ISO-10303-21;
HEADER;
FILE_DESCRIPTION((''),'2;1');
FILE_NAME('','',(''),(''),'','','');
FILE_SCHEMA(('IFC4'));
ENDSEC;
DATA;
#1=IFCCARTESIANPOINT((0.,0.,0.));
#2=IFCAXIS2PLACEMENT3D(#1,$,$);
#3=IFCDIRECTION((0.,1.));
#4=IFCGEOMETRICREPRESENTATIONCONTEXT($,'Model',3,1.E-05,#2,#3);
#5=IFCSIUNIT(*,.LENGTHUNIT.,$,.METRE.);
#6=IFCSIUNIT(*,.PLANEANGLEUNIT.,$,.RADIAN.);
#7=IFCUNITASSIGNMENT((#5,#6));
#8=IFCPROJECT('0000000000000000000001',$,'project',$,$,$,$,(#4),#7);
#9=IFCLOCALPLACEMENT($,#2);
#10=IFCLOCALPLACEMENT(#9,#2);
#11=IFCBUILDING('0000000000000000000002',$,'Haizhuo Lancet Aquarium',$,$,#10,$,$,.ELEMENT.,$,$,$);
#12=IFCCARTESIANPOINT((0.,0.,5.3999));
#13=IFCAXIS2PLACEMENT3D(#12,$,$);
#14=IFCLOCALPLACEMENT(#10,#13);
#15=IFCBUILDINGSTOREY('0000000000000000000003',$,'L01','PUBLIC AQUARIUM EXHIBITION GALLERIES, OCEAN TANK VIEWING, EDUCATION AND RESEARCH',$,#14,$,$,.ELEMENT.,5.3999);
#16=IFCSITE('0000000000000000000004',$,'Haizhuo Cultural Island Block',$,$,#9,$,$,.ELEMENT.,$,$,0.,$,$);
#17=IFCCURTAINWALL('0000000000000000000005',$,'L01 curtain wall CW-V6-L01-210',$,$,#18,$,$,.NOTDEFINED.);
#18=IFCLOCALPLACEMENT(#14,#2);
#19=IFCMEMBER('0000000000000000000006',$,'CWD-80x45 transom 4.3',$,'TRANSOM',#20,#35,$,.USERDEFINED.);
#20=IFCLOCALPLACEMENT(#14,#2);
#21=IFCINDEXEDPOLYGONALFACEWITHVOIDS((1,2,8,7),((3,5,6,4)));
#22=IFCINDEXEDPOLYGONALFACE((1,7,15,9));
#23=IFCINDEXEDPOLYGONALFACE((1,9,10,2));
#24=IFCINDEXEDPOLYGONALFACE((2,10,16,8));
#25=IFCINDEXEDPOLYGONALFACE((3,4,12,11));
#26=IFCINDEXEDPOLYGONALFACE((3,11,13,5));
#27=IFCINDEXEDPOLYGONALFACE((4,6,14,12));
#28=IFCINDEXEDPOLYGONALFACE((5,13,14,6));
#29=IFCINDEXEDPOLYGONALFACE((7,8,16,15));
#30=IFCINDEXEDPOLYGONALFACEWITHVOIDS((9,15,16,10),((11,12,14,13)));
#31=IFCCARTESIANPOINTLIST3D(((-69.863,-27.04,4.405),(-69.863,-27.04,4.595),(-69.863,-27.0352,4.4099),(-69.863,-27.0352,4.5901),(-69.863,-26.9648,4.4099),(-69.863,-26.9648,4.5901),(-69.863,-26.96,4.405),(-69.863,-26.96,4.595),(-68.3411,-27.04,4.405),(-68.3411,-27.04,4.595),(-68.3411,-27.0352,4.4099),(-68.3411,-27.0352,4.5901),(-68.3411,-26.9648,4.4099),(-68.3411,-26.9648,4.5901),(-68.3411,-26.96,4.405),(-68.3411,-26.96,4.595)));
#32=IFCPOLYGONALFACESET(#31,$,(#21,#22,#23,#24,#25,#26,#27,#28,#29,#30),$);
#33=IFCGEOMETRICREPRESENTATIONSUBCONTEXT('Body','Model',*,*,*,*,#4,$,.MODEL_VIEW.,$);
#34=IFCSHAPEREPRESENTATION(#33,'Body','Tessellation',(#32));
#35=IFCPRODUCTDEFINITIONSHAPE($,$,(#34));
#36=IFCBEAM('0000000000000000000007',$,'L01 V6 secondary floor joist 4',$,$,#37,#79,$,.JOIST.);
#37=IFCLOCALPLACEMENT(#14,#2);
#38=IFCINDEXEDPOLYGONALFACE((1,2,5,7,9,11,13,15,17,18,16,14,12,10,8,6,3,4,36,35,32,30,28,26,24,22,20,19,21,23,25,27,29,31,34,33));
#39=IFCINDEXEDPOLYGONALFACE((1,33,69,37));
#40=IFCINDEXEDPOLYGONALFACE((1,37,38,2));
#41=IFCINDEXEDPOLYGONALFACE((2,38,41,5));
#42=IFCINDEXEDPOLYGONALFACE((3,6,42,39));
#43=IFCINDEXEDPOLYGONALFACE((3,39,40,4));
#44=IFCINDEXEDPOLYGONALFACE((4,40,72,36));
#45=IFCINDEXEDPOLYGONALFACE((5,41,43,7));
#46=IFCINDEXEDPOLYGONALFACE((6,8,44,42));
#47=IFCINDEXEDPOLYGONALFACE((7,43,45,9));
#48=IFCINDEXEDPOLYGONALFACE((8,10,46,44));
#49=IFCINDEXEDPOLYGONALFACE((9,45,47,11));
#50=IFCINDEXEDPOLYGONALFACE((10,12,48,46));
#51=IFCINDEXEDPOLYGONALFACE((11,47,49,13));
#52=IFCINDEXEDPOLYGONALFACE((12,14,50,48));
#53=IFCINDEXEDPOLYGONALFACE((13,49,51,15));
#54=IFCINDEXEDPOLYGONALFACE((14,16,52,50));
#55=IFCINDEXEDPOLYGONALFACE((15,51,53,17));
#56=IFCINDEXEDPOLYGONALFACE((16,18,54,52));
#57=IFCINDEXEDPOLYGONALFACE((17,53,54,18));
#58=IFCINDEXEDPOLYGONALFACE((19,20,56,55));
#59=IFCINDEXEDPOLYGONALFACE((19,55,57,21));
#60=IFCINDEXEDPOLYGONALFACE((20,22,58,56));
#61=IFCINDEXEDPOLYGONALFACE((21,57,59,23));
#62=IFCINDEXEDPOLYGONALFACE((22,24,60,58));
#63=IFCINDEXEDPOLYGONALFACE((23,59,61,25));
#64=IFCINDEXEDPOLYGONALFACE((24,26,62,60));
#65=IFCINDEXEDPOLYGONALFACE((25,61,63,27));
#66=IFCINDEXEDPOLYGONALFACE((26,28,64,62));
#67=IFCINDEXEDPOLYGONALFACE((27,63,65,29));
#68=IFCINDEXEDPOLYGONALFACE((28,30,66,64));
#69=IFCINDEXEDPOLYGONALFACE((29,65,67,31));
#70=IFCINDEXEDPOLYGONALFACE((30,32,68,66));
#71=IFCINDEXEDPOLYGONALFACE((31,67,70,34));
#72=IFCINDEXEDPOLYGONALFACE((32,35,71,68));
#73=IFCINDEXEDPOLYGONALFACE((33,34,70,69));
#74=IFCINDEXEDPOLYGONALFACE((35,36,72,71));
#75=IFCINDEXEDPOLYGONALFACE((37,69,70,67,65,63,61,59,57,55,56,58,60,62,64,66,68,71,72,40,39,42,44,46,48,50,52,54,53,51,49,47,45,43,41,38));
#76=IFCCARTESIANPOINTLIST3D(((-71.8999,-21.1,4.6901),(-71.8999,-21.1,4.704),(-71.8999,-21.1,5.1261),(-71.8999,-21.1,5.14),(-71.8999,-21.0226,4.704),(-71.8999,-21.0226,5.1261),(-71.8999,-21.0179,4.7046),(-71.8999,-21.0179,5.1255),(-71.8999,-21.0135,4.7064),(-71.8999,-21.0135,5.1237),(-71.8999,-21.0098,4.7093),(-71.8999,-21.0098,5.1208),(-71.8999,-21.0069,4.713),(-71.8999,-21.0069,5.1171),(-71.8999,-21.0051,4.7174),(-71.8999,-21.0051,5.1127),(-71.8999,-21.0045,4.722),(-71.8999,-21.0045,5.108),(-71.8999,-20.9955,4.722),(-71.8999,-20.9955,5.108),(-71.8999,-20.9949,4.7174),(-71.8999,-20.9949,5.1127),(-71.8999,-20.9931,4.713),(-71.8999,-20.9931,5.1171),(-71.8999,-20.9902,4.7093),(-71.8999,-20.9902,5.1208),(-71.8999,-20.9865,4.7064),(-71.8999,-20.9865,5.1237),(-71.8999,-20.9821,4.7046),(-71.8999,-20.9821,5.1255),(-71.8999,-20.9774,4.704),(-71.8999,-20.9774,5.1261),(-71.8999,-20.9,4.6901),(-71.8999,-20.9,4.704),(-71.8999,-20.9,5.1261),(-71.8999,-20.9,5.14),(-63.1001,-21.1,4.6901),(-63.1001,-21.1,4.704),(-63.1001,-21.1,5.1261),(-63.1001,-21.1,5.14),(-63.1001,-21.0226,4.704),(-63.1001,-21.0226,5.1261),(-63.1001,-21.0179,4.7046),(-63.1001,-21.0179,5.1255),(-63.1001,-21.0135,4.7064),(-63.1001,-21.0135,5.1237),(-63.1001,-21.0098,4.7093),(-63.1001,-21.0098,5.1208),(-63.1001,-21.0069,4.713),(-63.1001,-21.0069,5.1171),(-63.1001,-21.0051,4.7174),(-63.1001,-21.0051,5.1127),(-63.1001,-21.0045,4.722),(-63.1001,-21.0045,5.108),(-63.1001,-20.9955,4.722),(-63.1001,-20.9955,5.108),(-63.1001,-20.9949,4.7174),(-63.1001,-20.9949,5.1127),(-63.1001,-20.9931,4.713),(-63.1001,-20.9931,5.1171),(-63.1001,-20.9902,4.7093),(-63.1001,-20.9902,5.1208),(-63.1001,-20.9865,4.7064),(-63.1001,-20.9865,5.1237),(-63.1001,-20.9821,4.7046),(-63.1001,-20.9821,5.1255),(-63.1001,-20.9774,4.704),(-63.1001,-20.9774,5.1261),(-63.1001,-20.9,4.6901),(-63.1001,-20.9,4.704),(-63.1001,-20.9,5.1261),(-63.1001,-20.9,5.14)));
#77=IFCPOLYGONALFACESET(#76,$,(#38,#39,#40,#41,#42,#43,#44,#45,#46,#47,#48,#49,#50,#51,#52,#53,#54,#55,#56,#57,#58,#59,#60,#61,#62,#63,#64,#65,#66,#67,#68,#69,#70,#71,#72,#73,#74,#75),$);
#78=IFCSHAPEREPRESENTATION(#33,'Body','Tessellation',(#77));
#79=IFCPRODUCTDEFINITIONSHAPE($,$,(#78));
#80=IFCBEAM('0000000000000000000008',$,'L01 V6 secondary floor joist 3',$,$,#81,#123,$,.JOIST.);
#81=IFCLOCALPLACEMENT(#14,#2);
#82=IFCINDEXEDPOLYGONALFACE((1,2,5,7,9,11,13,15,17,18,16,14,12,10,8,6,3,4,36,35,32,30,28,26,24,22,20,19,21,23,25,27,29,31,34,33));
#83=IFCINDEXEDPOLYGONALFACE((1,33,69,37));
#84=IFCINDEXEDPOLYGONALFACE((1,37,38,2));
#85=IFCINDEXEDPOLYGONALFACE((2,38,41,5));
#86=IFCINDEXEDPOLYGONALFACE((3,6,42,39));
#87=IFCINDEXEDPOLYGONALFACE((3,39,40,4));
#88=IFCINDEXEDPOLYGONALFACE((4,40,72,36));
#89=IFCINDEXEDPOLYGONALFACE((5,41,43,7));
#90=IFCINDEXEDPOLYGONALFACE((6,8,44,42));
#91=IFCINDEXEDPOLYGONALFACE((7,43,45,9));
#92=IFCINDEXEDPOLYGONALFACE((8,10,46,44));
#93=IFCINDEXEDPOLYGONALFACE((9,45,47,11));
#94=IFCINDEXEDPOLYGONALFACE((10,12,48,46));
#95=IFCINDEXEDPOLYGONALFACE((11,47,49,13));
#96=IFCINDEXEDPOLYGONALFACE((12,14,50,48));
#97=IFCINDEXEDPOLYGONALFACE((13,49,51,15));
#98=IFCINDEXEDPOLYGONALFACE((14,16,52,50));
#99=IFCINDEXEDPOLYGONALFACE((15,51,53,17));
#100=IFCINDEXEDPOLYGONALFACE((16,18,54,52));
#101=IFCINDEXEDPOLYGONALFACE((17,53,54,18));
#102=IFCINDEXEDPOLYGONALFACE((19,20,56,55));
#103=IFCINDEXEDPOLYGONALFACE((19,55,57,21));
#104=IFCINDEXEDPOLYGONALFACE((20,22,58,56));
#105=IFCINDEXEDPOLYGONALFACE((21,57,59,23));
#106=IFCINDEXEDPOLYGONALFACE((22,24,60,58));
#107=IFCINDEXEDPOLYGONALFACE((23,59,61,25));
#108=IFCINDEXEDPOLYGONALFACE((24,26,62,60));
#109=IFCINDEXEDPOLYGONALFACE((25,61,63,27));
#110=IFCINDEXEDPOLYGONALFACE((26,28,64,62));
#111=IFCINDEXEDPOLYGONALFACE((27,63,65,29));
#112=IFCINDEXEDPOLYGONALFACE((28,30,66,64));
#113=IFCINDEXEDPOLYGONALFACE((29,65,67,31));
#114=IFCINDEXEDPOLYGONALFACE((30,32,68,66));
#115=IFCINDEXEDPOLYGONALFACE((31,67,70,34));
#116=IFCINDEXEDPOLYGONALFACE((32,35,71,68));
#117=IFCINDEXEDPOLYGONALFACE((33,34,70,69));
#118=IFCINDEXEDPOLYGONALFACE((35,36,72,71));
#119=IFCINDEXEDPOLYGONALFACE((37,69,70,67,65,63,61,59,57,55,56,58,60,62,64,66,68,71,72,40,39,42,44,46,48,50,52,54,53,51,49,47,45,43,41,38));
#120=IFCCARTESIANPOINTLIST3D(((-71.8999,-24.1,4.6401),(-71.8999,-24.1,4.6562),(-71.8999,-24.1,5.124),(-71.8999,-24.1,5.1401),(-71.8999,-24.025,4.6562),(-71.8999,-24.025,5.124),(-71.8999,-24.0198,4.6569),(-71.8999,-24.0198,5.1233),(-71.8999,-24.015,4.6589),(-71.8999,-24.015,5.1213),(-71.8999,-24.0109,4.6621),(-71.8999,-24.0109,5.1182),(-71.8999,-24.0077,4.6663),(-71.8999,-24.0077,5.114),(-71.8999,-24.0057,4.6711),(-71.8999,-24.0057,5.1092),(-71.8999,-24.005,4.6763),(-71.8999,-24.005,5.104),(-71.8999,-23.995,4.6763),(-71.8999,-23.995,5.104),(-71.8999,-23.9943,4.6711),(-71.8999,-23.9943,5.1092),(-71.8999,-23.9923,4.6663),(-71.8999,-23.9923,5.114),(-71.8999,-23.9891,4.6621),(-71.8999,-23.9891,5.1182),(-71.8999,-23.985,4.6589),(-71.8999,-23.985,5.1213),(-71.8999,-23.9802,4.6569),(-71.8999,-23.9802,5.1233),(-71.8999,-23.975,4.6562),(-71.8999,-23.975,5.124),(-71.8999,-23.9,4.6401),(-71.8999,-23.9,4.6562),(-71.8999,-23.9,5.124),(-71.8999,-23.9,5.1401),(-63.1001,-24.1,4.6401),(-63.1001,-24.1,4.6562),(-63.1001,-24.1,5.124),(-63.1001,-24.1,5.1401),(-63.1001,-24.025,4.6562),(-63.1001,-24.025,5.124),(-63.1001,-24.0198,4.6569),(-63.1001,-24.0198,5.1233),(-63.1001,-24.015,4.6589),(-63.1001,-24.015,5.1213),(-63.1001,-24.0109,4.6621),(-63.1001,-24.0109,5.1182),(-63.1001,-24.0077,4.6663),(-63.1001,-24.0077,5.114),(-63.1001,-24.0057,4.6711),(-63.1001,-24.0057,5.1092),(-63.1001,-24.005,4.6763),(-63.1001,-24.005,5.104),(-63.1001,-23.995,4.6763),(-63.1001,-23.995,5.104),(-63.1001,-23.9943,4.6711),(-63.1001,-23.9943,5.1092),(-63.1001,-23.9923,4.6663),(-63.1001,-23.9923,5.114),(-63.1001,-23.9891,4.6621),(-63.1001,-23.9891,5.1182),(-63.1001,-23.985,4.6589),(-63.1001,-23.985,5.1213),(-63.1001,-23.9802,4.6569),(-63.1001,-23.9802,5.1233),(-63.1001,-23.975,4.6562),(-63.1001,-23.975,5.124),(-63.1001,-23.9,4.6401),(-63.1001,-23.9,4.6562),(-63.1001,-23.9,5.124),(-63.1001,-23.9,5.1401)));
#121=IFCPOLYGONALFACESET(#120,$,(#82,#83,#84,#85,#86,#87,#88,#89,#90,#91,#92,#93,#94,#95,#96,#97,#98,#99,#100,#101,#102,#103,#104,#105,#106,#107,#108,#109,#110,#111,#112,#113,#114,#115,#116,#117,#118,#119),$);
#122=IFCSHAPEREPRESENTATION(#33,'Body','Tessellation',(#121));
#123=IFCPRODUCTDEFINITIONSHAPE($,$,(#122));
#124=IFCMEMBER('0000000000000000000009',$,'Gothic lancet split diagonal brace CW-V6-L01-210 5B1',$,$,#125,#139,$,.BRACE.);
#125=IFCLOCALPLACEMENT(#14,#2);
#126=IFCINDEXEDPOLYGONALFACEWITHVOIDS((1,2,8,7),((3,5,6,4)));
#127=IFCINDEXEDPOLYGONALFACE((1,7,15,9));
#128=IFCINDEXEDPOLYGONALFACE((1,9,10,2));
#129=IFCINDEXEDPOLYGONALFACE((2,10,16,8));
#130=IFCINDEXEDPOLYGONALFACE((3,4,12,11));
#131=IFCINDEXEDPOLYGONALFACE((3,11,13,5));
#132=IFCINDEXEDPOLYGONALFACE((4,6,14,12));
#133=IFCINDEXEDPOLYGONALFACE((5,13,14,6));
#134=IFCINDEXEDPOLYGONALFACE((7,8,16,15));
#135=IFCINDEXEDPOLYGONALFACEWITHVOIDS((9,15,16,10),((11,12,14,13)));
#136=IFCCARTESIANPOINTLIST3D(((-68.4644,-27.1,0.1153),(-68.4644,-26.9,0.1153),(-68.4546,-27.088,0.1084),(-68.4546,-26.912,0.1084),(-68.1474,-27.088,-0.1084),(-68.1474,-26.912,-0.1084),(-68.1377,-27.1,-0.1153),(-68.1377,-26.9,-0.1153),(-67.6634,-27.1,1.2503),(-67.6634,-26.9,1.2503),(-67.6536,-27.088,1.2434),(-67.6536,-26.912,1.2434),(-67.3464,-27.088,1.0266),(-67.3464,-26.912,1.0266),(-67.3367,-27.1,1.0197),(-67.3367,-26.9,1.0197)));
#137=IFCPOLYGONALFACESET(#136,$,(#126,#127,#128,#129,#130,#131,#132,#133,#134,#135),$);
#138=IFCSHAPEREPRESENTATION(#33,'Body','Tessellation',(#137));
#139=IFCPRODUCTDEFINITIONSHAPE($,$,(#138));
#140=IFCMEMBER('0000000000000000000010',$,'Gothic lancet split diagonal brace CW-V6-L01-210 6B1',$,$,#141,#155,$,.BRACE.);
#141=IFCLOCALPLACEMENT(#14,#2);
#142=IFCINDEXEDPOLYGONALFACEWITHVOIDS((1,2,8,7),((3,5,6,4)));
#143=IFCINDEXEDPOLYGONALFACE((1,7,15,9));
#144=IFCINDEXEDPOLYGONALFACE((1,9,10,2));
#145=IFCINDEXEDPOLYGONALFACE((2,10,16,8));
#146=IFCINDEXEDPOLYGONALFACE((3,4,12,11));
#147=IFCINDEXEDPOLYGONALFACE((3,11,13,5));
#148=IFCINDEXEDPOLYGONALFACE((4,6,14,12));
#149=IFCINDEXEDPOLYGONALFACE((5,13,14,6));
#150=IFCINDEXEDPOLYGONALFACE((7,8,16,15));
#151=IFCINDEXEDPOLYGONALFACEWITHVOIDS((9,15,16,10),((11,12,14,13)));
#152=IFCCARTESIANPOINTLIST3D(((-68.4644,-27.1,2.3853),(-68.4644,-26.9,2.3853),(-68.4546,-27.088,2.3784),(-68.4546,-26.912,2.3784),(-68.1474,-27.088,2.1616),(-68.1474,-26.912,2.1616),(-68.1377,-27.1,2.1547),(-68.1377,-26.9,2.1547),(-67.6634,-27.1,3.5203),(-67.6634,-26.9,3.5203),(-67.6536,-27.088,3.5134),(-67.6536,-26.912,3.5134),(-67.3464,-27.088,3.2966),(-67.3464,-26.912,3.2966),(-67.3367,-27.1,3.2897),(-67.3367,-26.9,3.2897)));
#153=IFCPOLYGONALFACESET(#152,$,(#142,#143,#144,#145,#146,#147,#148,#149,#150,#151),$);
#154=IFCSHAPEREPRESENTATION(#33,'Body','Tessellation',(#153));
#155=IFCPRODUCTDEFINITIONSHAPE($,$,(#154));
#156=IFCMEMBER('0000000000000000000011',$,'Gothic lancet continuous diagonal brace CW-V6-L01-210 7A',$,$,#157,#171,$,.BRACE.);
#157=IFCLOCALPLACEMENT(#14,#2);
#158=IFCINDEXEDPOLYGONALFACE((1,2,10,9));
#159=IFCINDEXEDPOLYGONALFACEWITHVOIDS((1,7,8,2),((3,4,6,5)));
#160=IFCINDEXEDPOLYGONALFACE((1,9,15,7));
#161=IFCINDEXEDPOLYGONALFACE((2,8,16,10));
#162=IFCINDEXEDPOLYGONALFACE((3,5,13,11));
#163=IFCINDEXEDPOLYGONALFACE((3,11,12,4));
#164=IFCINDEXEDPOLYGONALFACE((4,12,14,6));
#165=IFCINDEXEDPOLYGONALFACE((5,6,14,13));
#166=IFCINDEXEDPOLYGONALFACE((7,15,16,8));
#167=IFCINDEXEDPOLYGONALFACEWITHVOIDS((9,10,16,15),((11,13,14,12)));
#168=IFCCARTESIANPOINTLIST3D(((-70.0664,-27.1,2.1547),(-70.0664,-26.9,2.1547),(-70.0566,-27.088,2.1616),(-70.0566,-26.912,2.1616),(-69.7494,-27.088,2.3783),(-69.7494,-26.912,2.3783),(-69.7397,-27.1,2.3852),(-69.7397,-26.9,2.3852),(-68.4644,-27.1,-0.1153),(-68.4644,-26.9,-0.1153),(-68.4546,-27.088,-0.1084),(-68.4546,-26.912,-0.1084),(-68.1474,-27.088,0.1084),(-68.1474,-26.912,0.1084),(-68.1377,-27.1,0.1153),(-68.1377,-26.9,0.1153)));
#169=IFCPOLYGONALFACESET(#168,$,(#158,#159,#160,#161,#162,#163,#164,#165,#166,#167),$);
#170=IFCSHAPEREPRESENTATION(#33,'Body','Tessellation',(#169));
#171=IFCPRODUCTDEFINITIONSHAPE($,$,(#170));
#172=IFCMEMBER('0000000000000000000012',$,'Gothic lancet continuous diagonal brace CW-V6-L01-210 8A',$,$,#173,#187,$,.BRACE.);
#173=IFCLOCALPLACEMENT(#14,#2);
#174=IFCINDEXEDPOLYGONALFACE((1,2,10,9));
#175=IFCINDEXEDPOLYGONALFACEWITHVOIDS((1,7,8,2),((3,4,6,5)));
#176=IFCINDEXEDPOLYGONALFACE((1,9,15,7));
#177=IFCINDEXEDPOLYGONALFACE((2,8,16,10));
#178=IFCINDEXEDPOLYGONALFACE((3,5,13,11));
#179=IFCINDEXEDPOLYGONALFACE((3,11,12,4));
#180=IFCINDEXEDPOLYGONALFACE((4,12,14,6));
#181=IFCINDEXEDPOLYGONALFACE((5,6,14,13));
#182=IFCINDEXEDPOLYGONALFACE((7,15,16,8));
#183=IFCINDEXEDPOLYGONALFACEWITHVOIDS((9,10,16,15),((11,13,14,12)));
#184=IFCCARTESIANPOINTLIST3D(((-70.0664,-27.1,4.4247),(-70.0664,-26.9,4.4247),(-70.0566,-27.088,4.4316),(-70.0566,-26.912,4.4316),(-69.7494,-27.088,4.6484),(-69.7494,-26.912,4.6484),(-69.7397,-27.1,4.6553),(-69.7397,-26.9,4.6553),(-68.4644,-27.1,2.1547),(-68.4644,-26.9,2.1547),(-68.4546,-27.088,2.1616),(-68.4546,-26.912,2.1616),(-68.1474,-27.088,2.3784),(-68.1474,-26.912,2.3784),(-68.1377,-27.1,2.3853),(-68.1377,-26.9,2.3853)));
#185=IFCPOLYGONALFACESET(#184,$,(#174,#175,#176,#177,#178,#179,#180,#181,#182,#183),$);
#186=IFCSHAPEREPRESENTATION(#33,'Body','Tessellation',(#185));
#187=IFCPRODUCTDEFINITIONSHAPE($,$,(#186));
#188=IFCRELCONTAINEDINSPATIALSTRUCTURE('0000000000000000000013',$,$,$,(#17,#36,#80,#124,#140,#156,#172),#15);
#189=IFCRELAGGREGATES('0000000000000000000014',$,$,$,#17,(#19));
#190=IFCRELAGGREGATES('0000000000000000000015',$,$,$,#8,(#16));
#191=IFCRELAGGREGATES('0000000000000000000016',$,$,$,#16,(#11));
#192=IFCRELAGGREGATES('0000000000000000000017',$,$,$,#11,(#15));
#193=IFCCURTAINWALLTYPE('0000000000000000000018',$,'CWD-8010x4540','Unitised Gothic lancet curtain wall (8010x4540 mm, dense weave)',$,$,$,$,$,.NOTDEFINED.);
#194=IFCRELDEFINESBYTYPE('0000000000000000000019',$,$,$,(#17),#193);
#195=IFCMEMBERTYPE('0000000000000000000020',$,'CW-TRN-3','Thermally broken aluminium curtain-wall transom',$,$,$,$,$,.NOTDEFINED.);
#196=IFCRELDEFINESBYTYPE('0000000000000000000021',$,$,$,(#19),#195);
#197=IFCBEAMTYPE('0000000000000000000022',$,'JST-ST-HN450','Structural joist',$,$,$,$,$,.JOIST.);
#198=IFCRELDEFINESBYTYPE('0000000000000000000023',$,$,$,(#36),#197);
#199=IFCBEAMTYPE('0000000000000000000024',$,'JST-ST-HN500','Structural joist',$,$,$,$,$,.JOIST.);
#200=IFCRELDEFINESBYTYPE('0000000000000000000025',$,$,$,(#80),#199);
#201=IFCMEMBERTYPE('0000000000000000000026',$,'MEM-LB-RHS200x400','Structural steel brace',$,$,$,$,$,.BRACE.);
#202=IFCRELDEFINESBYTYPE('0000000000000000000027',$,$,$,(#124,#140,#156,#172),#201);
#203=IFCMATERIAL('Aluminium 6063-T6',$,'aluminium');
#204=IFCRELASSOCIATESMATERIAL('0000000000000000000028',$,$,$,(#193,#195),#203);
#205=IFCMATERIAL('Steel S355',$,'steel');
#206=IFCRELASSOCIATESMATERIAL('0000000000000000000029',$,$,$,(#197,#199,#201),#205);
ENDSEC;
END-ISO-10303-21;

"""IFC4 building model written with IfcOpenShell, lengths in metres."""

from ifc_helpers import new_model, si_unit, direction, frame, origin, origin_2d, place, context, subcontext, project, spatial, hollow_rectangle, i_section, extrude, material, material_profile, profile_set, type_object, element, aggregate, save


model = new_model("IFC4")

# Units and contexts
model_context = context("Model", 3, precision=1e-05, world=origin(), true_north=direction((0.0, 1.0)))
body_context = subcontext(model_context, "Body", "Model", "MODEL_VIEW")
ifc_project = project(units=[si_unit("LENGTHUNIT", "METRE"), si_unit("PLANEANGLEUNIT", "RADIAN")], contexts=[model_context])

# Site, building, storey
site_placement = place(None, origin())
site = spatial("IfcSite", under=ifc_project, at=site_placement, Name="Haizhuo Cultural Island Block", CompositionType="ELEMENT", RefElevation=0.0)
building_placement = place(site_placement, origin())
building = spatial("IfcBuilding", under=site, at=building_placement, Name="Haizhuo Lancet Aquarium", CompositionType="ELEMENT")
storey_placement = place(building_placement, frame((0.0, 0.0, 5.3999)))
storey = spatial("IfcBuildingStorey", under=building, at=storey_placement, Name="L01", Description="PUBLIC AQUARIUM EXHIBITION GALLERIES, OCEAN TANK VIEWING, EDUCATION AND RESEARCH", CompositionType="ELEMENT", Elevation=5.3999)

# Shared definitions
ifc_material_1 = material(Name="Steel S355", Category="steel")

# Curtain wall
ifc_material_2 = material(Name="Aluminium 6063-T6", Category="aluminium")
curtain_wall_type = type_object("IfcCurtainWallType", Name="CWD-8010x4540", Description="Unitised Gothic lancet curtain wall (8010x4540 mm, dense weave)", PredefinedType="NOTDEFINED", material=ifc_material_2)
curtain_wall_1_placement = place(storey_placement, origin())
curtain_wall_1 = element("IfcCurtainWall", 1, at=curtain_wall_1_placement, inside=storey, type_object=curtain_wall_type, Name="L01 curtain wall CW-V6-L01-210", PredefinedType="NOTDEFINED")

# Member
ifc_material_profile_1 = material_profile(ifc_material_2, hollow_rectangle(XDim=0.0801, YDim=0.1899, WallThickness=0.0049, at=origin_2d()), Name="ALU-T 80x190x5")
ifc_profile_set_1 = profile_set([ifc_material_profile_1], Name="Aluminium 6063-T6")
member_type_1 = type_object("IfcMemberType", Name="CW-TRN-3", Description="Thermally broken aluminium curtain-wall transom", PredefinedType="NOTDEFINED", material=ifc_profile_set_1)
member_1_placement = place(storey_placement, frame((-68.3411, -27.0, 4.5), z_axis=(-1.0, 0.0, 0.0), x_axis=(0.0, -1.0, 0.0)))
member_1 = element("IfcMember", 2, at=member_1_placement, type_object=member_type_1, Name="CWD-80x45 transom 4.3", ObjectType="TRANSOM", PredefinedType="USERDEFINED", context=body_context, shape_type="SweptSolid", body=[
    extrude(hollow_rectangle(XDim=0.0801, YDim=0.1899, WallThickness=0.0049, at=origin_2d()), origin(), (0.0, 0.0, 1.0), 1.522),
])
aggregate(curtain_wall_1, [member_1])

# Beams
ifc_material_profile_2 = material_profile(ifc_material_1, i_section(OverallWidth=0.2, OverallDepth=0.45, WebThickness=0.009, FlangeThickness=0.0139, FilletRadius=0.0181, at=origin_2d()), Name="HN 450x200x9x14")
ifc_profile_set_2 = profile_set([ifc_material_profile_2], Name="Steel S355")
beam_type_1 = type_object("IfcBeamType", Name="JST-ST-HN450", Description="Structural joist", PredefinedType="JOIST", material=ifc_profile_set_2)
beam_1_placement = place(storey_placement, frame((-71.8999, -21.0, 4.915), z_axis=(1.0, 0.0, 0.0), x_axis=(0.0, 1.0, 0.0)))
element("IfcBeam", 3, at=beam_1_placement, inside=storey, type_object=beam_type_1, Name="L01 V6 secondary floor joist 4", PredefinedType="JOIST", context=body_context, shape_type="SweptSolid", body=[
    extrude(i_section(OverallWidth=0.2, OverallDepth=0.45, WebThickness=0.009, FlangeThickness=0.0139, FilletRadius=0.0181, at=origin_2d()), origin(), (0.0, 0.0, 1.0), 8.7998),
])
ifc_material_profile_3 = material_profile(ifc_material_1, i_section(OverallWidth=0.2, OverallDepth=0.5, WebThickness=0.01, FlangeThickness=0.0161, FilletRadius=0.02, at=origin_2d()), Name="HN 500x200x10x16")
ifc_profile_set_3 = profile_set([ifc_material_profile_3], Name="Steel S355")
beam_type_2 = type_object("IfcBeamType", Name="JST-ST-HN500", Description="Structural joist", PredefinedType="JOIST", material=ifc_profile_set_3)
beam_2_placement = place(storey_placement, frame((-71.8999, -24.0, 4.8901), z_axis=(1.0, 0.0, 0.0), x_axis=(0.0, 1.0, 0.0)))
element("IfcBeam", 4, at=beam_2_placement, inside=storey, type_object=beam_type_2, Name="L01 V6 secondary floor joist 3", PredefinedType="JOIST", context=body_context, shape_type="SweptSolid", body=[
    extrude(i_section(OverallWidth=0.2, OverallDepth=0.5, WebThickness=0.01, FlangeThickness=0.0161, FilletRadius=0.02, at=origin_2d()), origin(), (0.0, 0.0, 1.0), 8.7998),
])

# Members
ifc_material_profile_4 = material_profile(ifc_material_1, hollow_rectangle(XDim=0.2, YDim=0.3999, WallThickness=0.012, at=origin_2d()), Name="RHS 200x400x12")
ifc_profile_set_4 = profile_set([ifc_material_profile_4], Name="Steel S355")
member_type_2 = type_object("IfcMemberType", Name="MEM-LB-RHS200x400", Description="Structural steel brace", PredefinedType="BRACE", material=ifc_profile_set_4)
for number, where, z_axis, x_axis, name in (
    (5, (-68.301, -27.0, 0.0), (0.576607, 0.0, 0.817021), (0.0, 1.0, 0.0), "Gothic lancet split diagonal brace CW-V6-L01-210 5B1"),
    (6, (-68.301, -27.0, 2.27), (0.576607, 0.0, 0.817021), (0.0, 1.0, 0.0), "Gothic lancet split diagonal brace CW-V6-L01-210 6B1"),
):
    element("IfcMember", number, at=place(storey_placement, frame(where, z_axis=z_axis, x_axis=x_axis)), inside=storey, type_object=member_type_2, Name=name, PredefinedType="BRACE", context=body_context, shape_type="SweptSolid", body=[
        extrude(hollow_rectangle(XDim=0.2, YDim=0.3999, WallThickness=0.012, at=origin_2d()), origin(), (0.0, 0.0, 1.0), 1.3892),
    ])
for number, where, z_axis, x_axis, name in (
    (7, (-68.301, -27.0, 0.0), (-0.576607, 0.0, 0.817021), (0.0, -1.0, 0.0), "Gothic lancet continuous diagonal brace CW-V6-L01-210 7A"),
    (8, (-68.301, -27.0, 2.27), (-0.576607, 0.0, 0.817021), (0.0, -1.0, 0.0), "Gothic lancet continuous diagonal brace CW-V6-L01-210 8A"),
):
    element("IfcMember", number, at=place(storey_placement, frame(where, z_axis=z_axis, x_axis=x_axis)), inside=storey, type_object=member_type_2, Name=name, PredefinedType="BRACE", context=body_context, shape_type="SweptSolid", body=[
        extrude(hollow_rectangle(XDim=0.2, YDim=0.3999, WallThickness=0.012, at=origin_2d()), origin(), (0.0, 0.0, 1.0), 2.7783),
    ])

save(model, "model.ifc")
